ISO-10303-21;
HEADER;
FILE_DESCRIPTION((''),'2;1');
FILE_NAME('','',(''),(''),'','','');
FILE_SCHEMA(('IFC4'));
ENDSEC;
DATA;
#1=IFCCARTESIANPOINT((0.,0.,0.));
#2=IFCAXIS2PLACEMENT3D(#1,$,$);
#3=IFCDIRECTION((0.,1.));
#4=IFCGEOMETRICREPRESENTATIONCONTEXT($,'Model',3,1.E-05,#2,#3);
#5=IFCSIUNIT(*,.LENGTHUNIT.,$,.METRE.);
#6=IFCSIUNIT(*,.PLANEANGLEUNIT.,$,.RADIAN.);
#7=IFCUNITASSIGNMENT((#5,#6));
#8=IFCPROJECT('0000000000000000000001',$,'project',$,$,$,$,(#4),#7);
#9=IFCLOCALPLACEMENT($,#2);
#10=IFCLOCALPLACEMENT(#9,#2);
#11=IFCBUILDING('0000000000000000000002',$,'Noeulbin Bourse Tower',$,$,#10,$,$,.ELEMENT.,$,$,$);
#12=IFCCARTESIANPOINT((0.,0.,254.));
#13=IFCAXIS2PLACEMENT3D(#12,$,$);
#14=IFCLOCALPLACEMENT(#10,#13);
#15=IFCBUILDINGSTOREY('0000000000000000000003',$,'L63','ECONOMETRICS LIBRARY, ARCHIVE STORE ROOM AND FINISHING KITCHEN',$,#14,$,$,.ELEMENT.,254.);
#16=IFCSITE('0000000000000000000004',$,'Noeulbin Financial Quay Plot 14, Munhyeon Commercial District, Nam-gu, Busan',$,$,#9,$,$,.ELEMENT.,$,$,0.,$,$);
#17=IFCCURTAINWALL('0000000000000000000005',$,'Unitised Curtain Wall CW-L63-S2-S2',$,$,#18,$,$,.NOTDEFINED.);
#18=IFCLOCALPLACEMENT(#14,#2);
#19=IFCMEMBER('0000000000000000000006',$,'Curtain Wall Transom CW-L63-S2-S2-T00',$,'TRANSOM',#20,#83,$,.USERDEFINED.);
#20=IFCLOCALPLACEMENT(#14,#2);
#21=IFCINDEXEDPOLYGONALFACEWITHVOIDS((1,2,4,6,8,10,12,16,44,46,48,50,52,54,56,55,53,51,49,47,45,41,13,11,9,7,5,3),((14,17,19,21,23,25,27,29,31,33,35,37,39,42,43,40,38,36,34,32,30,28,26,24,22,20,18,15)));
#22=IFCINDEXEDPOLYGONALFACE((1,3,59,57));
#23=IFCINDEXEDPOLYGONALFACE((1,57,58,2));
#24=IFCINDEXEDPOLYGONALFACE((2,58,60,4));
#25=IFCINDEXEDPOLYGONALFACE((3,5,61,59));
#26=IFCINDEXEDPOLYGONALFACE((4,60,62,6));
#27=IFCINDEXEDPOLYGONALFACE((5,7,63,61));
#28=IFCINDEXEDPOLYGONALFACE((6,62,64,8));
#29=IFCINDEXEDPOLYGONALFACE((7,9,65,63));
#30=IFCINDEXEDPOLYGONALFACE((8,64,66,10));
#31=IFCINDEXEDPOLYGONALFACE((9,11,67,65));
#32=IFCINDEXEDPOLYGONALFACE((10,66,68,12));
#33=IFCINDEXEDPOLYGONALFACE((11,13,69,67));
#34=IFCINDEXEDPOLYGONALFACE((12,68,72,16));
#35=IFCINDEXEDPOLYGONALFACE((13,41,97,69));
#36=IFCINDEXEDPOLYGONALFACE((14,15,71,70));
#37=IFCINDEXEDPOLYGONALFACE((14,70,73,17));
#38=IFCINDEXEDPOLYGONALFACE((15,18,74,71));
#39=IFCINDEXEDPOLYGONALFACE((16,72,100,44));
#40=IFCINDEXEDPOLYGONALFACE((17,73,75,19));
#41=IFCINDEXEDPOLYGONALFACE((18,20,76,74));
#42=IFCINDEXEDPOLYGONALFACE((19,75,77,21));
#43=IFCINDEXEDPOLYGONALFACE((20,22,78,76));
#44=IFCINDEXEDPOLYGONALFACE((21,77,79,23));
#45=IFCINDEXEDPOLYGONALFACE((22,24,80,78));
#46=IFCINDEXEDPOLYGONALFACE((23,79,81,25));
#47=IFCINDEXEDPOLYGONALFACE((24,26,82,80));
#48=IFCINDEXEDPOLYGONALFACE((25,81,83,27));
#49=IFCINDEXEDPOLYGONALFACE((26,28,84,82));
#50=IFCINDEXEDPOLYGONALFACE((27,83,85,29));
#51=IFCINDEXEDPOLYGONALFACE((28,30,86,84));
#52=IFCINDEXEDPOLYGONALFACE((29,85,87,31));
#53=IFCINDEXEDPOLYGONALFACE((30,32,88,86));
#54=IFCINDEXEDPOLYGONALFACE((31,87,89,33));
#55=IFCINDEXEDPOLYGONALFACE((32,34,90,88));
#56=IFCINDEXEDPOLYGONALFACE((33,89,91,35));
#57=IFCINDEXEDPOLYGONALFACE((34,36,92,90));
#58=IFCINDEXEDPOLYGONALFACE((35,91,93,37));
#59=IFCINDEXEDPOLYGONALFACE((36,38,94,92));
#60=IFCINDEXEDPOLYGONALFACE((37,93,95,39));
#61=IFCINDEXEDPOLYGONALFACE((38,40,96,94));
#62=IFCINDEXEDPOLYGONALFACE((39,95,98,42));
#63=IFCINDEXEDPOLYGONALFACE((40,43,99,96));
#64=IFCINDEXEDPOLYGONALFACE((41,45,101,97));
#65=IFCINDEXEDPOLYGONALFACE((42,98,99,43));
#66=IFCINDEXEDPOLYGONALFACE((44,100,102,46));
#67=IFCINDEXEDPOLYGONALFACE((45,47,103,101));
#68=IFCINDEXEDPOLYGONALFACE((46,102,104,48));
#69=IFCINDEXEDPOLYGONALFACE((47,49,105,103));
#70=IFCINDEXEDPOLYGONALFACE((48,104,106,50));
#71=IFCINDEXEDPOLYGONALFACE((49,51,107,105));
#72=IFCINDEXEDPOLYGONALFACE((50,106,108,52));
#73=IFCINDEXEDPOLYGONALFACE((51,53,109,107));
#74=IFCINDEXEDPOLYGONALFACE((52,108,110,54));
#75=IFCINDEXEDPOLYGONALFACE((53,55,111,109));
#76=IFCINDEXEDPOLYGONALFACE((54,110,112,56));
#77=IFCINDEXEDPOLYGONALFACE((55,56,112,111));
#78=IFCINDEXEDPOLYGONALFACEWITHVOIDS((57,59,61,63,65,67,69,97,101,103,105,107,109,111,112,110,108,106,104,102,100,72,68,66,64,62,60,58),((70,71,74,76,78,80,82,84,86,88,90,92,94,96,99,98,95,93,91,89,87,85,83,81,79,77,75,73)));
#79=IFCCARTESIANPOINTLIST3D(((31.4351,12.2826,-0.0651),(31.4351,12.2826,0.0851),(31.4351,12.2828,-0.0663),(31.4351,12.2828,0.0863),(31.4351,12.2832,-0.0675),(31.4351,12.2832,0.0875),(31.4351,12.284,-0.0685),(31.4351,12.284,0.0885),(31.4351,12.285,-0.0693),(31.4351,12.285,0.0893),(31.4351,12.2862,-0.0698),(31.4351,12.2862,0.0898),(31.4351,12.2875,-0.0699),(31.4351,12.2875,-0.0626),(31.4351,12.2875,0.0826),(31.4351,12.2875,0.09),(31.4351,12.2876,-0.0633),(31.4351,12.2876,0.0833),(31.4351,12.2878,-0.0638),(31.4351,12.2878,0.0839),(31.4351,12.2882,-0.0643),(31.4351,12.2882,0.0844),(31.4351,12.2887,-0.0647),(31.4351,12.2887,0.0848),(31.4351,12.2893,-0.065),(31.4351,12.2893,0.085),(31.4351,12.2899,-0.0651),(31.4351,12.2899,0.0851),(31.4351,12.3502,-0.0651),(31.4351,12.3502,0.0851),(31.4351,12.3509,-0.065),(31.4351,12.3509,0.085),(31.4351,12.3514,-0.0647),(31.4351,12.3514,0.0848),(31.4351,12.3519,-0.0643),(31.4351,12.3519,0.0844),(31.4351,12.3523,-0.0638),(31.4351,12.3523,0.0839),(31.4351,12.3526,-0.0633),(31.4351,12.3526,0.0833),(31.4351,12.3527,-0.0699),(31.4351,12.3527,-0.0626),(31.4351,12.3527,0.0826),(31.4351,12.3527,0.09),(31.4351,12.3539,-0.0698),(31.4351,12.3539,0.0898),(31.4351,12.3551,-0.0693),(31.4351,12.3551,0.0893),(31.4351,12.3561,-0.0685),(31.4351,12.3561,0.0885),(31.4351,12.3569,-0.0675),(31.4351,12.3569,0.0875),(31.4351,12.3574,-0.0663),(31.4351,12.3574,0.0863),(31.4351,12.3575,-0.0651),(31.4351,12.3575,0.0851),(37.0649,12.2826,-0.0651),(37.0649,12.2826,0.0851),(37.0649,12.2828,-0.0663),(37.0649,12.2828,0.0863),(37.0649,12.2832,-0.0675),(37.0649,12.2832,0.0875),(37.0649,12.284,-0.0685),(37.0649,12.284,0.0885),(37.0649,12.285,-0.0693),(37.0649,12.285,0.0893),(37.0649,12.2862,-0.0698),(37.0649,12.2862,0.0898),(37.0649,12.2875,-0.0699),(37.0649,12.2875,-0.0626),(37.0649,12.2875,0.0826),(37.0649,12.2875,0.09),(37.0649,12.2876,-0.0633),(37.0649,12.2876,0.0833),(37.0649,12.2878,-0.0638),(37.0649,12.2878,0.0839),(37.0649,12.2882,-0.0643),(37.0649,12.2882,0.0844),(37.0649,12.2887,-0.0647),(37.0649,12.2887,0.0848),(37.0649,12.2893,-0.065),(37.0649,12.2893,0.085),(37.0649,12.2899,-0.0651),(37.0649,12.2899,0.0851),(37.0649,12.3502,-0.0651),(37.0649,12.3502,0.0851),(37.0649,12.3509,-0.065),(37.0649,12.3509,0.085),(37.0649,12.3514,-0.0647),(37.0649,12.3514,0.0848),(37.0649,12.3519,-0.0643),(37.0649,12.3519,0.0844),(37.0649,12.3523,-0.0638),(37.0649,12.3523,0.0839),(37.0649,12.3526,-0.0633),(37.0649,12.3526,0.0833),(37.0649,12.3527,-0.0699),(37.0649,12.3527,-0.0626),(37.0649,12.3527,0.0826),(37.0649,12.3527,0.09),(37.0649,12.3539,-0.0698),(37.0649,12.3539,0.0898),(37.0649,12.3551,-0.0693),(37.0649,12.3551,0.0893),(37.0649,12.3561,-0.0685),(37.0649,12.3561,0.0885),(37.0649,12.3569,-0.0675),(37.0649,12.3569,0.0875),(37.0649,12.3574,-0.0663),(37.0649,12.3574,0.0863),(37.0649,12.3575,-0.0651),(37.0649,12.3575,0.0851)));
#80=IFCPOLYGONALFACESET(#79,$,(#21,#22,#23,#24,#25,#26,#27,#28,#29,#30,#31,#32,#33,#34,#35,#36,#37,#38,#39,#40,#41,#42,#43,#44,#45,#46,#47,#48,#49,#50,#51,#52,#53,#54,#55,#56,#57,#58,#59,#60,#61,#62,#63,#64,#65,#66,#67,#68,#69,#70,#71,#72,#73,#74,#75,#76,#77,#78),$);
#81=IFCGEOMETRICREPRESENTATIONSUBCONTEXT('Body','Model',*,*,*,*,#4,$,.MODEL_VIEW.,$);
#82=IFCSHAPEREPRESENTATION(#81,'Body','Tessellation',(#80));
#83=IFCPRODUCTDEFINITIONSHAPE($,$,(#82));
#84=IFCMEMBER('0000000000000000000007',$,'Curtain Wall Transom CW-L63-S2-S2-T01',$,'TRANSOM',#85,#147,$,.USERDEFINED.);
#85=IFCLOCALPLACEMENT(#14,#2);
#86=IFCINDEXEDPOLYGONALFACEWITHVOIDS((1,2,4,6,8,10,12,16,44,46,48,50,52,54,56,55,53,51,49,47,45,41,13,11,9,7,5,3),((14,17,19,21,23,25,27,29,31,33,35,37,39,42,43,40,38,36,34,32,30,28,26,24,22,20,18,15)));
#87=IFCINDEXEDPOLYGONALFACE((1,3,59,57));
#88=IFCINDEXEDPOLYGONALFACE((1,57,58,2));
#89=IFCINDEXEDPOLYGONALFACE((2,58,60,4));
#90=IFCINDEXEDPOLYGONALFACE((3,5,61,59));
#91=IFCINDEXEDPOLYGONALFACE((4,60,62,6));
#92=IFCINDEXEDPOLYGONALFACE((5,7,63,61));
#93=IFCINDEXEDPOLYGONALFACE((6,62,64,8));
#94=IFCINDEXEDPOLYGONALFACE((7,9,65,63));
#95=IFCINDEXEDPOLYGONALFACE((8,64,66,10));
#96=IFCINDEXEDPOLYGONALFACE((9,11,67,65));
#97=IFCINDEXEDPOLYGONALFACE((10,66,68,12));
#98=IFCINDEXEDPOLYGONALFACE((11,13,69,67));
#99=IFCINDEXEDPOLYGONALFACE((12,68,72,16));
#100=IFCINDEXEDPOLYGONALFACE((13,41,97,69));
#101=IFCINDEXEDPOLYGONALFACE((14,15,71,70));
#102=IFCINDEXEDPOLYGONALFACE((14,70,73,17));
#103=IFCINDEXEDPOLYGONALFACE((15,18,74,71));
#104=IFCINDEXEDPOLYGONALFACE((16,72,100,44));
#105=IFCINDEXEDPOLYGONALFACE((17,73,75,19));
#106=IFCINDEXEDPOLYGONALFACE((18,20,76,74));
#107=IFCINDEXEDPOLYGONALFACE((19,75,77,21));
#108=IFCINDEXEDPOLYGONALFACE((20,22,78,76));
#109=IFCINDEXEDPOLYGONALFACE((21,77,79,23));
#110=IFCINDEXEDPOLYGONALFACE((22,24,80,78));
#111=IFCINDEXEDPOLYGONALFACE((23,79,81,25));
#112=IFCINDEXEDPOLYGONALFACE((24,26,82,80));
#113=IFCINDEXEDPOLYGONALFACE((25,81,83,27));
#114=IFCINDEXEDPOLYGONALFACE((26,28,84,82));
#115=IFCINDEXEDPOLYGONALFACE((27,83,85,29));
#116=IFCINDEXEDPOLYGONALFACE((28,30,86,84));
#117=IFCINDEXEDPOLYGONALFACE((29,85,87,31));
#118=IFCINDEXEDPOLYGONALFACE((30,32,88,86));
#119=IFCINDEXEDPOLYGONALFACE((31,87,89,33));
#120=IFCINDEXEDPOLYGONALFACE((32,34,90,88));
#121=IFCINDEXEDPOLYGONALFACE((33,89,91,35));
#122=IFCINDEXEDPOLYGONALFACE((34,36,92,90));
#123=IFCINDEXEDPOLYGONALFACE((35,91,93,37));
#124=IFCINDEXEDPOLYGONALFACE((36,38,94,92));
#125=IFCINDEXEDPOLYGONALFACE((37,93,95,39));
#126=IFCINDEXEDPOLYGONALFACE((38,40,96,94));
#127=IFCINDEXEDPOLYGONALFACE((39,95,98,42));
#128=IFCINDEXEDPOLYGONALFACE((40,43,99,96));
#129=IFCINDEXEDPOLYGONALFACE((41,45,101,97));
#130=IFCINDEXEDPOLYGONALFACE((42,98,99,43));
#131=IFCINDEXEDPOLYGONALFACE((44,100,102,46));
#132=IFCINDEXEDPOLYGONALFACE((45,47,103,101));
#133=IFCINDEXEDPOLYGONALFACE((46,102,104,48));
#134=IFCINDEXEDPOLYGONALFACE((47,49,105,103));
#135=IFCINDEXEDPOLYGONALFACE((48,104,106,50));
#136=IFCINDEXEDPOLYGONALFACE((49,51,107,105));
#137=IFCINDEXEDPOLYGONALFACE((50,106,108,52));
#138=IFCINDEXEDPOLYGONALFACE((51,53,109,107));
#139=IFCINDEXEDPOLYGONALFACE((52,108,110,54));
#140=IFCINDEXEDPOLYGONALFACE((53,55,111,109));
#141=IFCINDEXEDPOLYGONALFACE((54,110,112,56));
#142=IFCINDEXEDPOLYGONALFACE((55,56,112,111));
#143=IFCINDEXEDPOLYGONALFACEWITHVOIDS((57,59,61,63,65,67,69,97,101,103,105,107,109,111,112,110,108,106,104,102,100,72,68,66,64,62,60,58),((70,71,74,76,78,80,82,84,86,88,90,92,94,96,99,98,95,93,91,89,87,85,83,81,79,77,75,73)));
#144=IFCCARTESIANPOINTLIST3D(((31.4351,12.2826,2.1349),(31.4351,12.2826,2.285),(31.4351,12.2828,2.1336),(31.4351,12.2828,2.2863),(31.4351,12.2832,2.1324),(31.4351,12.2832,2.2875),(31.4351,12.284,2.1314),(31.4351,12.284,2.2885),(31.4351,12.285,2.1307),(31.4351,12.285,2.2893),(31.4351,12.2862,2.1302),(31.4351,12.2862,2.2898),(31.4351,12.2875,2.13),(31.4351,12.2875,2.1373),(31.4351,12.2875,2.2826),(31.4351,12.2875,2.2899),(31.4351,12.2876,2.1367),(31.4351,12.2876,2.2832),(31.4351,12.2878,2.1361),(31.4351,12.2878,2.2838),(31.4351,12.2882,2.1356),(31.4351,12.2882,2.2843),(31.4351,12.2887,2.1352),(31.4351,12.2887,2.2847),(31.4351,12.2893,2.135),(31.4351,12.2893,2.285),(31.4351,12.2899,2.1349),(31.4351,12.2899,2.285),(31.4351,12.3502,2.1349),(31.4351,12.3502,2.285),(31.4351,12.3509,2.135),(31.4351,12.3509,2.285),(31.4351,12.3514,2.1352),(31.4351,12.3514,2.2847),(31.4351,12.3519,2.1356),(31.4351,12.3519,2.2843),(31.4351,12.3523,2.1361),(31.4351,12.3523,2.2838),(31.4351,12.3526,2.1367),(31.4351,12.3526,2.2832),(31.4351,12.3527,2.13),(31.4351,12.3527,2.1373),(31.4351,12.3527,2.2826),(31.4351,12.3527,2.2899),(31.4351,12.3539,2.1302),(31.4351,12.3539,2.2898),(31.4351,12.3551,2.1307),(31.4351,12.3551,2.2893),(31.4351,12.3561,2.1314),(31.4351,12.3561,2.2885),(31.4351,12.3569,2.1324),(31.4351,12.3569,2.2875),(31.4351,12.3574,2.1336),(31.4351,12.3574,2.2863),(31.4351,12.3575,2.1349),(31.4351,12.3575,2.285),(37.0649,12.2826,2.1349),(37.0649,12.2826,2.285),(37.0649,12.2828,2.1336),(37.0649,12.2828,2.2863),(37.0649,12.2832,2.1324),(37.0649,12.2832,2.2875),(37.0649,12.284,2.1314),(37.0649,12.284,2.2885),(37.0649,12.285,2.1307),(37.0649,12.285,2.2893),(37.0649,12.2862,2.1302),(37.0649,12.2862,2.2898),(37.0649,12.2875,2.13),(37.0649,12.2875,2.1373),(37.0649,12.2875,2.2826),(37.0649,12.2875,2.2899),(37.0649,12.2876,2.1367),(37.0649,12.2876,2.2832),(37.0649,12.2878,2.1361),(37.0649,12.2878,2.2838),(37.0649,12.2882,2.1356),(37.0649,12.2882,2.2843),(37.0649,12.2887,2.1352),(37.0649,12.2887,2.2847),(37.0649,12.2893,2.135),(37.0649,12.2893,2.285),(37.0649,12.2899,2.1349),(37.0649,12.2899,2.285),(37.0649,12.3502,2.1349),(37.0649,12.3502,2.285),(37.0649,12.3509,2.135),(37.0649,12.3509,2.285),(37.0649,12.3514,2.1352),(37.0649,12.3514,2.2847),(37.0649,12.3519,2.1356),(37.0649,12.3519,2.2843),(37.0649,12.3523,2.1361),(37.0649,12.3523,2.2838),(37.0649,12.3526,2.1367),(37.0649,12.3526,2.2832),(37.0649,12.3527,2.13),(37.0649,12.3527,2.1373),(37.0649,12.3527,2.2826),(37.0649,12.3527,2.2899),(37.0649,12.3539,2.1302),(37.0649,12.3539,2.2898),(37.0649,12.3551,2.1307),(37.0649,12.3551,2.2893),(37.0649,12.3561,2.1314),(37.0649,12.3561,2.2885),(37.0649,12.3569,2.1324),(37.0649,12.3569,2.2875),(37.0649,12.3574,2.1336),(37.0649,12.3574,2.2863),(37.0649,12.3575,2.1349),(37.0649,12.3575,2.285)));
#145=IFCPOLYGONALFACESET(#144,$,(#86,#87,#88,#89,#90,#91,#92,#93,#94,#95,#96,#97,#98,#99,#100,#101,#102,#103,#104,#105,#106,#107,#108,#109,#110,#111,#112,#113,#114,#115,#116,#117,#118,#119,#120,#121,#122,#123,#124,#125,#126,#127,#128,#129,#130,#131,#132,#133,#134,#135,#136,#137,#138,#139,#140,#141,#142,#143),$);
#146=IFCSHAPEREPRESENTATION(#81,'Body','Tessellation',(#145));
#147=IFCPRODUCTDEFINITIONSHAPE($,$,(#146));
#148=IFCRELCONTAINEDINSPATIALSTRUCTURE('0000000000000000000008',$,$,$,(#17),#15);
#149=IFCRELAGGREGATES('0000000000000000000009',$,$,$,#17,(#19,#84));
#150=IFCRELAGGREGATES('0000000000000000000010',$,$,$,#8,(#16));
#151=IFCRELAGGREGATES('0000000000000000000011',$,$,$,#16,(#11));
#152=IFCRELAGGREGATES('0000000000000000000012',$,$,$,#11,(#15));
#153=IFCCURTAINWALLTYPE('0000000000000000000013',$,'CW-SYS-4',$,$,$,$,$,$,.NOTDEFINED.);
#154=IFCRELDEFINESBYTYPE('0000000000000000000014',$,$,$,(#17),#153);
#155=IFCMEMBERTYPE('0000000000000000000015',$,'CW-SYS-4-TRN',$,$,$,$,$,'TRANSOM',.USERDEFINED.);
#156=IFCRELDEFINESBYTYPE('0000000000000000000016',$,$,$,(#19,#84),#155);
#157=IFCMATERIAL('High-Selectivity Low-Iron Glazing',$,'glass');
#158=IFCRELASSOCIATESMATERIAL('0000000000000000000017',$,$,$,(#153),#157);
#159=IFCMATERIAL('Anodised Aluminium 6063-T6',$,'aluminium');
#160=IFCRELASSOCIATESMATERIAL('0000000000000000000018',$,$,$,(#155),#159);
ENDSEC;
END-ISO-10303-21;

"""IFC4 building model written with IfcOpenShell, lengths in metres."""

from ifc_helpers import new_model, si_unit, direction, frame, origin, origin_2d, place, context, subcontext, project, spatial, hollow_rectangle, extrude, material, material_profile, profile_set, type_object, element, aggregate, save


model = new_model("IFC4")

# Units and contexts
model_context = context("Model", 3, precision=1e-05, world=origin(), true_north=direction((0.0, 1.0)))
body_context = subcontext(model_context, "Body", "Model", "MODEL_VIEW")
ifc_project = project(units=[si_unit("LENGTHUNIT", "METRE"), si_unit("PLANEANGLEUNIT", "RADIAN")], contexts=[model_context])

# Site, building, storey
site_placement = place(None, origin())
site = spatial("IfcSite", under=ifc_project, at=site_placement, Name="Noeulbin Financial Quay Plot 14, Munhyeon Commercial District, Nam-gu, Busan", CompositionType="ELEMENT", RefElevation=0.0)
building_placement = place(site_placement, origin())
building = spatial("IfcBuilding", under=site, at=building_placement, Name="Noeulbin Bourse Tower", CompositionType="ELEMENT")
storey_placement = place(building_placement, frame((0.0, 0.0, 254.0)))
storey = spatial("IfcBuildingStorey", under=building, at=storey_placement, Name="L63", Description="ECONOMETRICS LIBRARY, ARCHIVE STORE ROOM AND FINISHING KITCHEN", CompositionType="ELEMENT", Elevation=254.0)

# Curtain wall
ifc_material_1 = material(Name="High-Selectivity Low-Iron Glazing", Category="glass")
curtain_wall_type = type_object("IfcCurtainWallType", Name="CW-SYS-4", PredefinedType="NOTDEFINED", material=ifc_material_1)
curtain_wall_1_placement = place(storey_placement, origin())
curtain_wall_1 = element("IfcCurtainWall", 1, at=curtain_wall_1_placement, inside=storey, type_object=curtain_wall_type, Name="Unitised Curtain Wall CW-L63-S2-S2", PredefinedType="NOTDEFINED")
ifc_material_2 = material(Name="Anodised Aluminium 6063-T6", Category="aluminium")

# Members
ifc_material_profile_1 = material_profile(ifc_material_2, hollow_rectangle(XDim=0.075, YDim=0.1599, WallThickness=0.0049, InnerFilletRadius=0.0024, OuterFilletRadius=0.0049, at=origin_2d()), Name="ALU-TRAN-75x160x5", Category="LoadBearing")
ifc_profile_set_1 = profile_set([ifc_material_profile_1], Name="Anodised Aluminium 6063-T6")
member_type_1 = type_object("IfcMemberType", Name="CW-SYS-4-TRN", ElementType="TRANSOM", PredefinedType="USERDEFINED", material=ifc_profile_set_1)
member_1_placement = place(storey_placement, frame((31.4351, 12.3201, 0.01), z_axis=(1.0, 0.0, 0.0), x_axis=(0.0, 1.0, 0.0)))
member_1 = element("IfcMember", 2, at=member_1_placement, type_object=member_type_1, Name="Curtain Wall Transom CW-L63-S2-S2-T00", ObjectType="TRANSOM", PredefinedType="USERDEFINED", context=body_context, shape_type="SweptSolid", body=[
    extrude(hollow_rectangle(XDim=0.075, YDim=0.1599, WallThickness=0.0049, InnerFilletRadius=0.0024, OuterFilletRadius=0.0049, at=origin_2d()), origin(), (0.0, 0.0, 1.0), 5.6299),
])
member_2_placement = place(storey_placement, frame((31.4351, 12.3201, 2.21), z_axis=(1.0, 0.0, 0.0), x_axis=(0.0, 1.0, 0.0)))
member_2 = element("IfcMember", 3, at=member_2_placement, type_object=member_type_1, Name="Curtain Wall Transom CW-L63-S2-S2-T01", ObjectType="TRANSOM", PredefinedType="USERDEFINED", context=body_context, shape_type="SweptSolid", body=[
    extrude(hollow_rectangle(XDim=0.075, YDim=0.1599, WallThickness=0.0049, InnerFilletRadius=0.0024, OuterFilletRadius=0.0049, at=origin_2d()), origin(), (0.0, 0.0, 1.0), 5.6299),
])

aggregate(curtain_wall_1, [member_1, member_2])

save(model, "model.ifc")
